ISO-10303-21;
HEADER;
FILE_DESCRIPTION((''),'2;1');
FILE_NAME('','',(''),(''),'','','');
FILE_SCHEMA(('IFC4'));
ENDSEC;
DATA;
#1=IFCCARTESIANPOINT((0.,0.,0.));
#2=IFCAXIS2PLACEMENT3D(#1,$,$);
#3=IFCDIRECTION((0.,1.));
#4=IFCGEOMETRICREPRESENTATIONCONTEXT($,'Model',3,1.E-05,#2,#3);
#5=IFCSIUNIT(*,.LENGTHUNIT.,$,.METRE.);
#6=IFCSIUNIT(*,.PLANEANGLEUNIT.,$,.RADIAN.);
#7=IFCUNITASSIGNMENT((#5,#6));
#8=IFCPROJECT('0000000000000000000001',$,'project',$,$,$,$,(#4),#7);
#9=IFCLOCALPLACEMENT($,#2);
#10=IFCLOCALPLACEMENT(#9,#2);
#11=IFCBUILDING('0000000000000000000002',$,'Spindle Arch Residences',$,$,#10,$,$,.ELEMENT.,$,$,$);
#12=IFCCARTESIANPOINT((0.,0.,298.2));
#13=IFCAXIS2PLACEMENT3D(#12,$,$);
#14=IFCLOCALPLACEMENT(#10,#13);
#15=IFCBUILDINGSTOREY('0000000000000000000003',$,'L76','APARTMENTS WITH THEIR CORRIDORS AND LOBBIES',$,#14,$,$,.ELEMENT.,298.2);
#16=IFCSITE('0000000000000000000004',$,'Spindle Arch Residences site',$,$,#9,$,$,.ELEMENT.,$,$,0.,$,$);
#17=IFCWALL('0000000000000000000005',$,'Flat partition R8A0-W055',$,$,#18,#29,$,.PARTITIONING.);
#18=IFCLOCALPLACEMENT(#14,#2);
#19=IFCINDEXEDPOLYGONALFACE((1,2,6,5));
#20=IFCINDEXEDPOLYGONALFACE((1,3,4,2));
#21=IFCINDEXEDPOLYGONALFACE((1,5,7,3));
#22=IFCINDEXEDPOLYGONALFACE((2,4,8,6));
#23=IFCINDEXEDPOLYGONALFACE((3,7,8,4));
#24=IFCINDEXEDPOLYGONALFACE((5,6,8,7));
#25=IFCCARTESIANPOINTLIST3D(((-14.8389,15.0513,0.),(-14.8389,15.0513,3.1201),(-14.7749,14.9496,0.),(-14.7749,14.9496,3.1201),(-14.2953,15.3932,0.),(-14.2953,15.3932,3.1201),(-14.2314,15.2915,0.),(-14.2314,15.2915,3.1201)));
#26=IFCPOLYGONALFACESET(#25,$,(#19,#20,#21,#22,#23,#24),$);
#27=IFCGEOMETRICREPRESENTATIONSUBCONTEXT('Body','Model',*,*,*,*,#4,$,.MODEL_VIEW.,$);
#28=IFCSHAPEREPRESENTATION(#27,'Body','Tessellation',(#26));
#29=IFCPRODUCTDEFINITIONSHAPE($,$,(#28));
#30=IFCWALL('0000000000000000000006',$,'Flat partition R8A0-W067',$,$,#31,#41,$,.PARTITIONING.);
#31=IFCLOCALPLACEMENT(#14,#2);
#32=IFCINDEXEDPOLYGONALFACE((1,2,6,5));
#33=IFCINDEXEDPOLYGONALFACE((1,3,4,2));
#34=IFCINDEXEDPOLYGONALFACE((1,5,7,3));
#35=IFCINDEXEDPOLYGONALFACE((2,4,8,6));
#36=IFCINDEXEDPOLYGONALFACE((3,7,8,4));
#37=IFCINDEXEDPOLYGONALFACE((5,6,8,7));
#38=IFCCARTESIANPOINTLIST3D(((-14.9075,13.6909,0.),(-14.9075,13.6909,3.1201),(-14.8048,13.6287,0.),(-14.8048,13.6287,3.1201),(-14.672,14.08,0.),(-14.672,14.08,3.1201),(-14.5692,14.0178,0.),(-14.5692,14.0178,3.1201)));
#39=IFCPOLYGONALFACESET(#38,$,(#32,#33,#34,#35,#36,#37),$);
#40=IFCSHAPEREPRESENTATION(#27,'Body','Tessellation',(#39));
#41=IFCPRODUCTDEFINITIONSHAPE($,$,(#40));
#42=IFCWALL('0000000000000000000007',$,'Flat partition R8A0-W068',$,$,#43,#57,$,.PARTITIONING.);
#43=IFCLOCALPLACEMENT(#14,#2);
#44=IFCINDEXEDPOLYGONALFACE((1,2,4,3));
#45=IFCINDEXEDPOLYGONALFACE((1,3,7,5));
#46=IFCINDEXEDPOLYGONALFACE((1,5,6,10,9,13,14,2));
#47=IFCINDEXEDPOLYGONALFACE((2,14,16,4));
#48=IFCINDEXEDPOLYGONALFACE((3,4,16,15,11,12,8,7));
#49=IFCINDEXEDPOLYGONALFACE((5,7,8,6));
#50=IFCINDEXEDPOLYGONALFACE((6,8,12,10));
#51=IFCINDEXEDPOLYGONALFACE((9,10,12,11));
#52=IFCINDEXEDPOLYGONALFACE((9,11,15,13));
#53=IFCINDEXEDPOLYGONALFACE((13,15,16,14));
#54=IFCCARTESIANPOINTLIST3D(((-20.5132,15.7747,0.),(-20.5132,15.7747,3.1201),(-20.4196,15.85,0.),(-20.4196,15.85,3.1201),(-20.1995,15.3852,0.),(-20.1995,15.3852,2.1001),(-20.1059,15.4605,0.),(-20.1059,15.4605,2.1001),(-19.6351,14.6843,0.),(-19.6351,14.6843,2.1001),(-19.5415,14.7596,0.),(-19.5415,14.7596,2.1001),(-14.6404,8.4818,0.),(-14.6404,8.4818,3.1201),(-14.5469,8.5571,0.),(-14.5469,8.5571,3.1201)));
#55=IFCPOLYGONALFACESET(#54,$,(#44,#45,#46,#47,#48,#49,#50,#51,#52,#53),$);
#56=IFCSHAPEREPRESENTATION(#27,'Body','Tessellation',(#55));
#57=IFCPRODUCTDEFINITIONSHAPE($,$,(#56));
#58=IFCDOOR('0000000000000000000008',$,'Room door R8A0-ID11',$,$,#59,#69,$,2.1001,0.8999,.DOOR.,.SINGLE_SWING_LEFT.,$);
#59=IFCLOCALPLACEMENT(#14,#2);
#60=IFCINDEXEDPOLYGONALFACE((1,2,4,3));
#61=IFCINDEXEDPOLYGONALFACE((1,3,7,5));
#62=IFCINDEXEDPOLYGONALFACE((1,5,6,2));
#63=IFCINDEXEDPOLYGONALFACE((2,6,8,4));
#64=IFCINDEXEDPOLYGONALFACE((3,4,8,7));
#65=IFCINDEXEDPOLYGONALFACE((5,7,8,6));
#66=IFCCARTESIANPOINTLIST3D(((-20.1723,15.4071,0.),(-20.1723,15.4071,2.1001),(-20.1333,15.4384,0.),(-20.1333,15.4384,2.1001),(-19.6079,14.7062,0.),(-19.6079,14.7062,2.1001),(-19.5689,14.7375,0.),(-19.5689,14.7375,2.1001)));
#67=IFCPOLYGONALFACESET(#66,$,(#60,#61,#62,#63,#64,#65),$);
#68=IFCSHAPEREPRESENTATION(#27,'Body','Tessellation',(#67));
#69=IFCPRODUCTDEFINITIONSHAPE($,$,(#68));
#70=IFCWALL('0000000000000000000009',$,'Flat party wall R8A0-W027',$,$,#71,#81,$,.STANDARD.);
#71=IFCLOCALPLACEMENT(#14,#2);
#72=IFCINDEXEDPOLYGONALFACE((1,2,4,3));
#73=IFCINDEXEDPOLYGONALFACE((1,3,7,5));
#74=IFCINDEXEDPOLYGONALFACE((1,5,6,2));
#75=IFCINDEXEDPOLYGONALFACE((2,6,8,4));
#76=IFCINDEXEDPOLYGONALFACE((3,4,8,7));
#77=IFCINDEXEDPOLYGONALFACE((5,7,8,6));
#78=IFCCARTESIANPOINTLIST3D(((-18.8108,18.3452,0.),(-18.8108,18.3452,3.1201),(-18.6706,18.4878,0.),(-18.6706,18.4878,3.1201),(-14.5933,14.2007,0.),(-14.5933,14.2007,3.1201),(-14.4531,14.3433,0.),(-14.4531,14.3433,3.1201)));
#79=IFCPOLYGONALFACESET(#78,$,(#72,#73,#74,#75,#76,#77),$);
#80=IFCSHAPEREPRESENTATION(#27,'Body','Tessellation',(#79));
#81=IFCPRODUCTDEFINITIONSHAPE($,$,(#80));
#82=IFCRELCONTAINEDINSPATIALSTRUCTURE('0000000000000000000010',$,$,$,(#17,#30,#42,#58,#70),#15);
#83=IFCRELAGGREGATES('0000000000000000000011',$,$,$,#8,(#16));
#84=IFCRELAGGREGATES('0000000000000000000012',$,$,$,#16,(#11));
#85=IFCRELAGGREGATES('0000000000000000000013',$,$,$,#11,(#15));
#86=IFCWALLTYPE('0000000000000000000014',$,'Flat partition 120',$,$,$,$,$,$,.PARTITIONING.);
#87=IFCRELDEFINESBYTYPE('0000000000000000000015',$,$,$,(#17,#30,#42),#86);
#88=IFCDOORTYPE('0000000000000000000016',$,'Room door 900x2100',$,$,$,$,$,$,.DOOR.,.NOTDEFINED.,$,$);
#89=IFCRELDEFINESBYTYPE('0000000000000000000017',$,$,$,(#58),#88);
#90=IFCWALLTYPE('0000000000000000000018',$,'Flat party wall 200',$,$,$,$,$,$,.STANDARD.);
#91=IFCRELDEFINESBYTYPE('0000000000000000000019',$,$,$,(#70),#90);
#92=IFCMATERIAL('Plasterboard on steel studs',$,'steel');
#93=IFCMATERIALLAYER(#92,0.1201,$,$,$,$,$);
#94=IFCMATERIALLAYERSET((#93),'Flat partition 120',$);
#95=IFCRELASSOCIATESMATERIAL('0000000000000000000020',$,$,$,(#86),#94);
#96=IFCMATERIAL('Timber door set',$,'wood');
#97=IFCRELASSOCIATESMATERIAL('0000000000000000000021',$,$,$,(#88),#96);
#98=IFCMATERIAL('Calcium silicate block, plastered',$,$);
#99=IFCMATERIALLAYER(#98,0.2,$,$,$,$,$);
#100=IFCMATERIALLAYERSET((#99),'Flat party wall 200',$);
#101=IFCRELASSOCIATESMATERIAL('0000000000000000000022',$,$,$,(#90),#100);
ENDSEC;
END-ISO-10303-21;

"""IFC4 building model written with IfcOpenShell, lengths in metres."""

from ifc_helpers import new_model, si_unit, direction, frame, frame_2d, origin, place, context, subcontext, project, spatial, rectangle, extrude, material, layer, layer_set, type_object, element, fill, save


model = new_model("IFC4")

# Units and contexts
model_context = context("Model", 3, precision=1e-05, world=origin(), true_north=direction((0.0, 1.0)))
body_context = subcontext(model_context, "Body", "Model", "MODEL_VIEW")
ifc_project = project(units=[si_unit("LENGTHUNIT", "METRE"), si_unit("PLANEANGLEUNIT", "RADIAN")], contexts=[model_context])

# Site, building, storey
site_placement = place(None, origin())
site = spatial("IfcSite", under=ifc_project, at=site_placement, Name="Spindle Arch Residences site", CompositionType="ELEMENT", RefElevation=0.0)
building_placement = place(site_placement, origin())
building = spatial("IfcBuilding", under=site, at=building_placement, Name="Spindle Arch Residences", CompositionType="ELEMENT")
storey_placement = place(building_placement, frame((0.0, 0.0, 298.2)))
storey = spatial("IfcBuildingStorey", under=building, at=storey_placement, Name="L76", Description="APARTMENTS WITH THEIR CORRIDORS AND LOBBIES", CompositionType="ELEMENT", Elevation=298.2)

# Shared definitions
ifc_material_1 = material(Name="Plasterboard on steel studs", Category="steel")
ifc_layer_1 = layer(ifc_material_1, 0.1201)
ifc_layer_set_1 = layer_set([ifc_layer_1], Name="Flat partition 120")
wall_type_1 = type_object("IfcWallType", Name="Flat partition 120", PredefinedType="PARTITIONING", material=ifc_layer_set_1)
ifc_material_2 = material(Name="Timber door set", Category="wood")
door_type = type_object("IfcDoorType", Name="Room door 900x2100", OperationType="NOTDEFINED", PredefinedType="DOOR", material=ifc_material_2)

# Walls
wall_1_placement = place(storey_placement, frame((-14.8069, 15.0005, 0.0), z_axis=(0.0, 0.0, 1.0), x_axis=(0.846499, 0.53239, 0.0)))
element("IfcWall", 1, at=wall_1_placement, inside=storey, type_object=wall_type_1, Name="Flat partition R8A0-W055", PredefinedType="PARTITIONING", context=body_context, shape_type="SweptSolid", body=[
    extrude(rectangle(XDim=0.6421, YDim=0.1201, at=frame_2d((0.321, 0.0))), origin(), (0.0, 0.0, 1.0), 3.1201),
])
wall_2_placement = place(storey_placement, frame((-14.8562, 13.6597, 0.0), z_axis=(0.0, 0.0, 1.0), x_axis=(0.517885, 0.85545, 0.0)))
element("IfcWall", 2, at=wall_2_placement, inside=storey, type_object=wall_type_1, Name="Flat partition R8A0-W067", PredefinedType="PARTITIONING", context=body_context, shape_type="SweptSolid", body=[
    extrude(rectangle(XDim=0.4548, YDim=0.1201, at=frame_2d((0.2275, 0.0))), origin(), (0.0, 0.0, 1.0), 3.1201),
])

# Wall, opening, door
wall_3_placement = place(storey_placement, frame((-20.4663, 15.8123, 0.0), z_axis=(0.0, 0.0, 1.0), x_axis=(0.627194, -0.778863, 0.0)))
wall_3 = element("IfcWall", 3, at=wall_3_placement, inside=storey, type_object=wall_type_1, Name="Flat partition R8A0-W068", PredefinedType="PARTITIONING", context=body_context, shape_type="SweptSolid", body=[
    extrude(rectangle(XDim=9.3635, YDim=0.1201, at=frame_2d((4.6816, 0.0))), origin(), (0.0, 0.0, 1.0), 3.1201),
])
opening_1_placement = place(wall_3_placement, frame((0.5, 0.0, 0.0)))
opening_1 = element("IfcOpeningElement", 4, at=opening_1_placement, cuts=wall_3, PredefinedType="OPENING", context=body_context, shape_type="SweptSolid", body=[
    extrude(rectangle(XDim=0.8999, YDim=2.1001, at=frame_2d((0.45, 1.05))), frame((0.0, 0.0701, 0.0), z_axis=(0.0, -1.0, 0.0), x_axis=(1.0, 0.0, 0.0)), (0.0, 0.0, 1.0), 0.1401),
])
door_1_placement = place(opening_1_placement, origin())
door_1 = element("IfcDoor", 5, at=door_1_placement, inside=storey, type_object=door_type, Name="Room door R8A0-ID11", OperationType="SINGLE_SWING_LEFT", OverallHeight=2.1001, OverallWidth=0.8999, PredefinedType="DOOR", context=body_context, shape_type="SweptSolid", body=[
    extrude(rectangle(XDim=0.8999, YDim=2.1001, at=frame_2d((0.45, 1.05))), frame((0.0, 0.0249, 0.0), z_axis=(0.0, -1.0, 0.0), x_axis=(1.0, 0.0, 0.0)), (0.0, 0.0, 1.0), 0.05),
])
fill(opening_1, door_1)

# Wall
ifc_material_3 = material(Name="Calcium silicate block, plastered")
ifc_layer_2 = layer(ifc_material_3, 0.2)
ifc_layer_set_2 = layer_set([ifc_layer_2], Name="Flat party wall 200")
wall_type_2 = type_object("IfcWallType", Name="Flat party wall 200", PredefinedType="STANDARD", material=ifc_layer_set_2)
wall_4_placement = place(storey_placement, frame((-18.7407, 18.4165, 0.0), z_axis=(0.0, 0.0, 1.0), x_axis=(0.713252, -0.700907, 0.0)))
element("IfcWall", 6, at=wall_4_placement, inside=storey, type_object=wall_type_2, Name="Flat party wall R8A0-W027", PredefinedType="STANDARD", context=body_context, shape_type="SweptSolid", body=[
    extrude(rectangle(XDim=5.9131, YDim=0.2, at=frame_2d((2.9565, 0.0))), origin(), (0.0, 0.0, 1.0), 3.1201),
])

save(model, "model.ifc")
